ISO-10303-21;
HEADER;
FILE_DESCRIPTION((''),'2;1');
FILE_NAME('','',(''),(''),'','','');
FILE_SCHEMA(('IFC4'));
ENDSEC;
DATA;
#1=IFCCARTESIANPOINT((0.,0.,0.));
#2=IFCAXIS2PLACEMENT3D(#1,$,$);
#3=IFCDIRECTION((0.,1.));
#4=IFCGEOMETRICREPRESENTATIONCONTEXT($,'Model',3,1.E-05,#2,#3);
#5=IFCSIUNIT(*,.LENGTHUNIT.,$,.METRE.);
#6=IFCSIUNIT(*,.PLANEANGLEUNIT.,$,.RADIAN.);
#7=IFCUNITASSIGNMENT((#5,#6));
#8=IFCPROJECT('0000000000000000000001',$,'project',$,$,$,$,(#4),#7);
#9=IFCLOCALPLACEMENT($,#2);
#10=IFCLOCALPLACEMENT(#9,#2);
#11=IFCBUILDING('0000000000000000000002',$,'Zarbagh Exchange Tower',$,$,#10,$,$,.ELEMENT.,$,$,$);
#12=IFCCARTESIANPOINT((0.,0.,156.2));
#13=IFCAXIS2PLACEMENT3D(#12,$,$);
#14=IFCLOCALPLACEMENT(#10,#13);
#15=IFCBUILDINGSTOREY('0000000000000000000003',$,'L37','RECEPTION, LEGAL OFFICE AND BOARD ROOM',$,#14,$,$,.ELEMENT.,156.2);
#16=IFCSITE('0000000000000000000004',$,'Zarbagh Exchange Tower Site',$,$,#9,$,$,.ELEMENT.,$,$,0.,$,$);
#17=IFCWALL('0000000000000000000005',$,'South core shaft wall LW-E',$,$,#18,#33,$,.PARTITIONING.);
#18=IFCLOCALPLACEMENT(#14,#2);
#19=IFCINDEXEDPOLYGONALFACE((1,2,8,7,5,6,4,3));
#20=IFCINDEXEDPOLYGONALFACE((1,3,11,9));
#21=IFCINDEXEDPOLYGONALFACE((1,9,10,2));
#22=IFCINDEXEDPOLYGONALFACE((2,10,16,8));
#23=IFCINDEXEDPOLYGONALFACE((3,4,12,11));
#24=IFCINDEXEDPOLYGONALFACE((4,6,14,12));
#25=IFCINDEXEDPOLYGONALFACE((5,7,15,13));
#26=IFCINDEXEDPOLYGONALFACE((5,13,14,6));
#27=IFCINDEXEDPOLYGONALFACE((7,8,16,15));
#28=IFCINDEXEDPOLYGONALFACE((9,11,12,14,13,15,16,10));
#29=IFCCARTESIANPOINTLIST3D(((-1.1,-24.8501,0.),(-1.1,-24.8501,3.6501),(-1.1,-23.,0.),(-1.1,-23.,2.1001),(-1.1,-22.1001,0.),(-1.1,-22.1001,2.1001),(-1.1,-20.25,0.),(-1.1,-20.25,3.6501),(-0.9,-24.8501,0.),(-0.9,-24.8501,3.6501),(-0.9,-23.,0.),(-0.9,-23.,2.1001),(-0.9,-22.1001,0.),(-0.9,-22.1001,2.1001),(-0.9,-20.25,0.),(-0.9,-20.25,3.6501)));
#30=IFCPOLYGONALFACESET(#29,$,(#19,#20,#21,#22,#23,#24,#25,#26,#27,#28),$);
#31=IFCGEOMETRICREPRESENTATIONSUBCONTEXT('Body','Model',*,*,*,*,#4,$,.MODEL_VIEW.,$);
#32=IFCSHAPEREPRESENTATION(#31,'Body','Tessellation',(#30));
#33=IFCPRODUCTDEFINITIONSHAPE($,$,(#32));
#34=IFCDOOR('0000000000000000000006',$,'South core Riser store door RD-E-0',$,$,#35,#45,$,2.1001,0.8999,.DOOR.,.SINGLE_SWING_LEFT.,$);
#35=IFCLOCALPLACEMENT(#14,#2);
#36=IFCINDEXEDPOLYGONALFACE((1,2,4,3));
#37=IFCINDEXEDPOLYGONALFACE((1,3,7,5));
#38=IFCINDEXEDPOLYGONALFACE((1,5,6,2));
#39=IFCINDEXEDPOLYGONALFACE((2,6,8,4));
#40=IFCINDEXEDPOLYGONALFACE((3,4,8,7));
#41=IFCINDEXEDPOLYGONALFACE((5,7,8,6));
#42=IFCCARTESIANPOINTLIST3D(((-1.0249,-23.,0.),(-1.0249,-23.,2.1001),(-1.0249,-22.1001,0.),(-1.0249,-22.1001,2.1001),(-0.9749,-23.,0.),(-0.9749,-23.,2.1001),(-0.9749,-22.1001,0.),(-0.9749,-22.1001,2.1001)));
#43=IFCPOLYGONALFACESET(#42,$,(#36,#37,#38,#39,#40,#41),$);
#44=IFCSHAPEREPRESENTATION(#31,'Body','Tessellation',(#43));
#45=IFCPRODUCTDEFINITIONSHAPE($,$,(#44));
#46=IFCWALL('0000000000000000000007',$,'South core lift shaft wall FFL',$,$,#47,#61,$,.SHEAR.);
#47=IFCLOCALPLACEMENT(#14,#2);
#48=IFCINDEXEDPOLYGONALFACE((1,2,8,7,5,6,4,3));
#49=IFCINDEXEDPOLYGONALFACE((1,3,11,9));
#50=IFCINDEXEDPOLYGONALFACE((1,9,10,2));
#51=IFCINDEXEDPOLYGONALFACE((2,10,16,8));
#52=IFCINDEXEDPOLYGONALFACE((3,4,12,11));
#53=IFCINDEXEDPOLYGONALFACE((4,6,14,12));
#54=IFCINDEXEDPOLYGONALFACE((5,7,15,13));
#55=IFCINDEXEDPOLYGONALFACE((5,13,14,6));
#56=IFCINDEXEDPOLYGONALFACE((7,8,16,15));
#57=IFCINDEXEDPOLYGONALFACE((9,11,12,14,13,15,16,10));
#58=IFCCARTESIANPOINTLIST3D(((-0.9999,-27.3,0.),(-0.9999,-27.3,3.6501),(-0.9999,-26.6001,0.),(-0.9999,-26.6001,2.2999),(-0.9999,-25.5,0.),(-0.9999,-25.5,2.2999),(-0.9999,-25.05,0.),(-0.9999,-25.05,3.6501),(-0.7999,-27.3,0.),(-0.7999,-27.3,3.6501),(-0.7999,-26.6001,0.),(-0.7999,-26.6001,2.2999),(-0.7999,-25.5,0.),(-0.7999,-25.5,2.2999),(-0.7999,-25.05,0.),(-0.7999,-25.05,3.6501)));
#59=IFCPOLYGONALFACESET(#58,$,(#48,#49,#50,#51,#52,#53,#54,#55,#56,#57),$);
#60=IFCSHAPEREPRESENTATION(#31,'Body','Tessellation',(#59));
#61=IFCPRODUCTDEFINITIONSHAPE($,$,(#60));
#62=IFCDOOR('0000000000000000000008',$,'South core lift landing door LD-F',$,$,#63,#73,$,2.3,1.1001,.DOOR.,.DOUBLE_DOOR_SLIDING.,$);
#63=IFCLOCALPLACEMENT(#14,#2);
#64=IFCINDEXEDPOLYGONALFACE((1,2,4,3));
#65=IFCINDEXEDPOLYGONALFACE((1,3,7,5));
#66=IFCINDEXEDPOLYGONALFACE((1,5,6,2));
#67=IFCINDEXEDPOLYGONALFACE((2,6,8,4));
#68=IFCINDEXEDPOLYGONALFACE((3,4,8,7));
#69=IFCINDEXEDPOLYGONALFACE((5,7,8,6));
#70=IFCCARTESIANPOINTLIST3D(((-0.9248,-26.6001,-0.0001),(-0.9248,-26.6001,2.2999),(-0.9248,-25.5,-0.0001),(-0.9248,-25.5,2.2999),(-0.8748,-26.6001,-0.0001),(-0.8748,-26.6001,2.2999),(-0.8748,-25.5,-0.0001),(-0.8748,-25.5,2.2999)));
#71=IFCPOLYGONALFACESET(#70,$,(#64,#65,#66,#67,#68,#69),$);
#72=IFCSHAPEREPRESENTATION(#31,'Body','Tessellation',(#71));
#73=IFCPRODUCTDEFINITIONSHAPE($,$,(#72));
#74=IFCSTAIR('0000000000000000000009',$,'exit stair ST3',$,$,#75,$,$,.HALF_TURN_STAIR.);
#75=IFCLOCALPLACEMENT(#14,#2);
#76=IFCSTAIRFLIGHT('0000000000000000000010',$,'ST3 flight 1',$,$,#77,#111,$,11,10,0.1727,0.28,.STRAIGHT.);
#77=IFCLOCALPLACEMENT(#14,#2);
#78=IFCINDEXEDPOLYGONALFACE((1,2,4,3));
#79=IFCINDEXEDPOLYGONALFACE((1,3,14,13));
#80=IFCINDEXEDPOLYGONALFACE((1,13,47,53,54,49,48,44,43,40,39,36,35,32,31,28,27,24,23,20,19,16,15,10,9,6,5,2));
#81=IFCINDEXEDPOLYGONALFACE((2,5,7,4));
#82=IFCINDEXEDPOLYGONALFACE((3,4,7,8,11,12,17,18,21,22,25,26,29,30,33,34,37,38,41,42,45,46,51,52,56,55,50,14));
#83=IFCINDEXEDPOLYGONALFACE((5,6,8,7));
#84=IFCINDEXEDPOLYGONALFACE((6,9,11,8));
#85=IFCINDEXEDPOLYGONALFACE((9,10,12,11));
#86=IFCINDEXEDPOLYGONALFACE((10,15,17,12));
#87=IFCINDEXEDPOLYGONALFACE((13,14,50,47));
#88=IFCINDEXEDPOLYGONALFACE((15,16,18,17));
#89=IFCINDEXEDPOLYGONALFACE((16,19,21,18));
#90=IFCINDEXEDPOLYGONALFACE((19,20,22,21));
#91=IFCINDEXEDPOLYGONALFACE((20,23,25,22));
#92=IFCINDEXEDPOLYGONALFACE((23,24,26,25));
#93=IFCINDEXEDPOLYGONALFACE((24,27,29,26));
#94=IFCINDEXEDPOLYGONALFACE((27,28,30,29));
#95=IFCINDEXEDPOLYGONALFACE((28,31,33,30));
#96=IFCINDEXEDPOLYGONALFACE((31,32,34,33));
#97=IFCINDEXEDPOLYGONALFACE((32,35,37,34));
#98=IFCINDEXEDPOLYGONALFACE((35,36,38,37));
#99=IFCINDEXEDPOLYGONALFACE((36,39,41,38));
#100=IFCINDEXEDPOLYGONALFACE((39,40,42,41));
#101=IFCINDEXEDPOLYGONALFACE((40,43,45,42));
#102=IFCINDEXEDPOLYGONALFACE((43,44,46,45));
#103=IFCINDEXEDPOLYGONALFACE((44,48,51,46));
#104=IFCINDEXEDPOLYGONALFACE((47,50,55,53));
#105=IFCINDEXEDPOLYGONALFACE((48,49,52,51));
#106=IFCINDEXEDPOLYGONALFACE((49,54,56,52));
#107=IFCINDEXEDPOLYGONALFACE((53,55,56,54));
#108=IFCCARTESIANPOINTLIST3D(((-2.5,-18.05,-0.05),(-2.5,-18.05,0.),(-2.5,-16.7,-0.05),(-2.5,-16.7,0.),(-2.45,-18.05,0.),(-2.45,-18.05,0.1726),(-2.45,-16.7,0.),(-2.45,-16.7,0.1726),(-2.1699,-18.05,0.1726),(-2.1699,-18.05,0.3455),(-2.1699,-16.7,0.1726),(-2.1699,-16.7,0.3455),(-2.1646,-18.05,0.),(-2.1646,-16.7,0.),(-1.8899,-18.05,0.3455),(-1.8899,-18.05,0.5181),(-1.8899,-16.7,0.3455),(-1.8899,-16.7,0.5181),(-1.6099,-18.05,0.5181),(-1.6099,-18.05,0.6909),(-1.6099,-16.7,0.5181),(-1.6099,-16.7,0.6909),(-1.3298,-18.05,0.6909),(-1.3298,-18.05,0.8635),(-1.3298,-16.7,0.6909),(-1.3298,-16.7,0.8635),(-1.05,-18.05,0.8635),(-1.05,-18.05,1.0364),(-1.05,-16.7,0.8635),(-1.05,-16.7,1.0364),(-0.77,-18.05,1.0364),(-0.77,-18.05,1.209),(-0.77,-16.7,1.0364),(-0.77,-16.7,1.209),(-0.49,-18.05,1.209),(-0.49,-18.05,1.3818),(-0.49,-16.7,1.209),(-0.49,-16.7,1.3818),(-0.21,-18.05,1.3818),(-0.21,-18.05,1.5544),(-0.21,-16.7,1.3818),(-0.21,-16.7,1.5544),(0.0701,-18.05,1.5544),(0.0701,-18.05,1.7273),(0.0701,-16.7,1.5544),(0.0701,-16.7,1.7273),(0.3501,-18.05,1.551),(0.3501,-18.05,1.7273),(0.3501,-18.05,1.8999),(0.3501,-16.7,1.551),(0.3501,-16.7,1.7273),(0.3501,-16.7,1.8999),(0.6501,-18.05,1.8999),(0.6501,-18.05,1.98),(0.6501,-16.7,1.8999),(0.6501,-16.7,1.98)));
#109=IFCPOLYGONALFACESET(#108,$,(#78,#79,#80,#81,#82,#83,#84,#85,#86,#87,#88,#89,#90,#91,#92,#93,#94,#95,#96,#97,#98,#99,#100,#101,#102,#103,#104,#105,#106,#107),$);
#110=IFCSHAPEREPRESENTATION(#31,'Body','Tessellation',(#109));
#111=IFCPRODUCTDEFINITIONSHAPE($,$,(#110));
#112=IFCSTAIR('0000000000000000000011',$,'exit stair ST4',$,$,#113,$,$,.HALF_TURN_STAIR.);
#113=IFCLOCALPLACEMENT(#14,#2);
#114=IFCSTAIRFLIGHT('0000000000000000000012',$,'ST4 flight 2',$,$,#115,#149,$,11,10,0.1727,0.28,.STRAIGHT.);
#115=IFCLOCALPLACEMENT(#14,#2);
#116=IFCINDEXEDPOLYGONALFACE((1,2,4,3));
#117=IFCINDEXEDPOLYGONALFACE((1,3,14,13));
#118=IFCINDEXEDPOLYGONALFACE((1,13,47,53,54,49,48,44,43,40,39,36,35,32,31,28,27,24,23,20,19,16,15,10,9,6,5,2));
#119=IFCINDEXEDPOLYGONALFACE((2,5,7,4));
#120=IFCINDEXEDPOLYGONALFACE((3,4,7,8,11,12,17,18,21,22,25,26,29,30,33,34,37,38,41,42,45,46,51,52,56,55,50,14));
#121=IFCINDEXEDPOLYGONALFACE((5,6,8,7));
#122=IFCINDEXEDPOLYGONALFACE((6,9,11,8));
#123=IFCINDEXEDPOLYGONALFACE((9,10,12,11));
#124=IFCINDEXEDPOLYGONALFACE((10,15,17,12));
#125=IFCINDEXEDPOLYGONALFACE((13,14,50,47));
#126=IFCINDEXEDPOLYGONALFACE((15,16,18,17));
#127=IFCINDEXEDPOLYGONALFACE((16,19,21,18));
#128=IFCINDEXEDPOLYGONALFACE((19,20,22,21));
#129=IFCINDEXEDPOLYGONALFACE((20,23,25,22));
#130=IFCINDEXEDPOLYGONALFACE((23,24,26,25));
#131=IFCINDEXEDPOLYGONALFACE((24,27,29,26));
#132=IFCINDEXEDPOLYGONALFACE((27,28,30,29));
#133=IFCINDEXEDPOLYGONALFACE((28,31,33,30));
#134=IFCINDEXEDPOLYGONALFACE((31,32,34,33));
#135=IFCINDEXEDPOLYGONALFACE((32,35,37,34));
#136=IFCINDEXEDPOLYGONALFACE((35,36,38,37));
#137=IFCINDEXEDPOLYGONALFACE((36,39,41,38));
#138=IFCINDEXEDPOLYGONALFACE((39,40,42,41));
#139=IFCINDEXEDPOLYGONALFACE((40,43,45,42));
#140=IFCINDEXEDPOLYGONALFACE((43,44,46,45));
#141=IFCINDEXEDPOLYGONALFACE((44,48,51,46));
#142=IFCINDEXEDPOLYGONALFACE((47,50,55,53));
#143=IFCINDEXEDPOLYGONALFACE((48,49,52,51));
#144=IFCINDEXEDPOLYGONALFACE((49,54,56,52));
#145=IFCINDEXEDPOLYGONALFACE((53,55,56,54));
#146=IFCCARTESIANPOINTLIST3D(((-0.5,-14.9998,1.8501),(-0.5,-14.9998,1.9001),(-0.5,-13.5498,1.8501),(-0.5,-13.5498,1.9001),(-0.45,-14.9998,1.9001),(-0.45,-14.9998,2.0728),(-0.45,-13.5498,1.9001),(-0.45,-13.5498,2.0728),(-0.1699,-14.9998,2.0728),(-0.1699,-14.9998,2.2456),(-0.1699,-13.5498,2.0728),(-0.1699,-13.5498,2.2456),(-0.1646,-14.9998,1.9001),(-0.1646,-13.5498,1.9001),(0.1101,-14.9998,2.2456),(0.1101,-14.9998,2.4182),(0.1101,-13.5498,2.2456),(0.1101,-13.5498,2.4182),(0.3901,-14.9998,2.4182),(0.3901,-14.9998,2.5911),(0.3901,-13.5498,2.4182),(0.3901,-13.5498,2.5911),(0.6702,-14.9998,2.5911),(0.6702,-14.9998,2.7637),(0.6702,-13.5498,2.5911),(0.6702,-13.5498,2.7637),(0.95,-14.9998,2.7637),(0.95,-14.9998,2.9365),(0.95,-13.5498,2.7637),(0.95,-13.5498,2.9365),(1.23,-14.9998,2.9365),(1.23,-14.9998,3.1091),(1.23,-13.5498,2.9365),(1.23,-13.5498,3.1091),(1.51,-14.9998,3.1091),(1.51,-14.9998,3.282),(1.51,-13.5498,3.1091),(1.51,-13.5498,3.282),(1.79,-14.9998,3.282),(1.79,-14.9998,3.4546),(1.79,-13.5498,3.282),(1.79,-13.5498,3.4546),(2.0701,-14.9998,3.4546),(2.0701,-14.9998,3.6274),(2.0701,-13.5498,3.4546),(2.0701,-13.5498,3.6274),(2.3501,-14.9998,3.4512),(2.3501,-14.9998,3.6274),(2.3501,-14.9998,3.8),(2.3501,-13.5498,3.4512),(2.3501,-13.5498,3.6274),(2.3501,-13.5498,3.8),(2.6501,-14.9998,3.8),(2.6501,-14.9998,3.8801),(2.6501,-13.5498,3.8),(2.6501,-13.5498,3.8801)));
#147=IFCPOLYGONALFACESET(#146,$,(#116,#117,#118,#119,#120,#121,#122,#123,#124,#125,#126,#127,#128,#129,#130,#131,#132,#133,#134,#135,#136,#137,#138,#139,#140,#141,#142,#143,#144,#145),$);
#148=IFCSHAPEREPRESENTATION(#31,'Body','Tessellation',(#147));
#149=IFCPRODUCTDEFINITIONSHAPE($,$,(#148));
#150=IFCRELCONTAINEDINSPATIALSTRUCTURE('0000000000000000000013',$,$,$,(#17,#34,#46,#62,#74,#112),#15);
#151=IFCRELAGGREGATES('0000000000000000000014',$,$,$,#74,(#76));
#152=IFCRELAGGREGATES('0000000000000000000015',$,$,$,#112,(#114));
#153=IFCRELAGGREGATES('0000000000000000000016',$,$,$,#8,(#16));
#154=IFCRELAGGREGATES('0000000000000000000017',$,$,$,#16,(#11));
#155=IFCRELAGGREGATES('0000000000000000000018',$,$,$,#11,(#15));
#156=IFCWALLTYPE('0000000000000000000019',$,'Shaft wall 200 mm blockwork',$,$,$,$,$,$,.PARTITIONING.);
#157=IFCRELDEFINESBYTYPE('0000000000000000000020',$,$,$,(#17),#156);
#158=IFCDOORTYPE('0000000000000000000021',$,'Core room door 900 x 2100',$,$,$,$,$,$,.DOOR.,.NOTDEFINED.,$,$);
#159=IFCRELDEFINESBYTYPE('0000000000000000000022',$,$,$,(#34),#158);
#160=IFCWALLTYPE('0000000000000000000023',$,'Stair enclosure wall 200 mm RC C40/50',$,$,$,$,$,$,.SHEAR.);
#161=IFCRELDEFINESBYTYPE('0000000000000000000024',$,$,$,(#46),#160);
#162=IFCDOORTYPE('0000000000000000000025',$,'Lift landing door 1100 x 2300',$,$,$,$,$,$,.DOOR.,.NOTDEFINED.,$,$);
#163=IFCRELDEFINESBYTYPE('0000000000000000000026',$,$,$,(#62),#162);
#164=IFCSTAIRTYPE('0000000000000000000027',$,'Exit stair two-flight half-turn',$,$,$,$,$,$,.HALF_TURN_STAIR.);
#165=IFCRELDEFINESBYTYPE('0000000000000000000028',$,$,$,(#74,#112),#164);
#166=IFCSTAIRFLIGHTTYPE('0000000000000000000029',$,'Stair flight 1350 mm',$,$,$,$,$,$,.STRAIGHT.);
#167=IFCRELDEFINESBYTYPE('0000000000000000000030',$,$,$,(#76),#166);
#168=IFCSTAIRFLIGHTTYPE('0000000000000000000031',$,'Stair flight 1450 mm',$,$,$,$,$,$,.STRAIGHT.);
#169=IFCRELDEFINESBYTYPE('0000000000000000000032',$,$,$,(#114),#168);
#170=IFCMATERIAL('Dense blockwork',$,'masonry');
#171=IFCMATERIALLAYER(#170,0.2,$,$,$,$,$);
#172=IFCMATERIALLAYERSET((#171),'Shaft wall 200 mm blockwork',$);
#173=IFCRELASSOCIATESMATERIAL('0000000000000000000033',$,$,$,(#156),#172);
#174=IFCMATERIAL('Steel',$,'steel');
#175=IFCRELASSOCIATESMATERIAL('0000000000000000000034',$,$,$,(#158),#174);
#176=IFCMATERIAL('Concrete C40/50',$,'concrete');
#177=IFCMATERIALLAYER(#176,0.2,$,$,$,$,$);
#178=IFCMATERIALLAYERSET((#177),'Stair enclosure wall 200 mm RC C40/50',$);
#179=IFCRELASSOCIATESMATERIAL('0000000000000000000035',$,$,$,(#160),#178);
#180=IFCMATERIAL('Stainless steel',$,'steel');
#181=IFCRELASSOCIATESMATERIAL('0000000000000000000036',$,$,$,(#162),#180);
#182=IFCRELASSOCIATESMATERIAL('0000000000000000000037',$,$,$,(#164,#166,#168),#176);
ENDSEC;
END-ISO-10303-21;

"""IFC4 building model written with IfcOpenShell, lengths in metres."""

from ifc_helpers import new_model, si_unit, direction, frame, frame_2d, origin, place, context, subcontext, project, spatial, polyline, rectangle, outline, extrude, material, layer, layer_set, type_object, element, fill, aggregate, save


model = new_model("IFC4")

# Units and contexts
model_context = context("Model", 3, precision=1e-05, world=origin(), true_north=direction((0.0, 1.0)))
body_context = subcontext(model_context, "Body", "Model", "MODEL_VIEW")
ifc_project = project(units=[si_unit("LENGTHUNIT", "METRE"), si_unit("PLANEANGLEUNIT", "RADIAN")], contexts=[model_context])

# Site, building, storey
site_placement = place(None, origin())
site = spatial("IfcSite", under=ifc_project, at=site_placement, Name="Zarbagh Exchange Tower Site", CompositionType="ELEMENT", RefElevation=0.0)
building_placement = place(site_placement, origin())
building = spatial("IfcBuilding", under=site, at=building_placement, Name="Zarbagh Exchange Tower", CompositionType="ELEMENT")
storey_placement = place(building_placement, frame((0.0, 0.0, 156.2)))
storey = spatial("IfcBuildingStorey", under=building, at=storey_placement, Name="L37", Description="RECEPTION, LEGAL OFFICE AND BOARD ROOM", CompositionType="ELEMENT", Elevation=156.2)

# Shared definitions
ifc_material_1 = material(Name="Concrete C40/50", Category="concrete")

# Shared definitions
ifc_material_2 = material(Name="Dense blockwork", Category="masonry")
ifc_layer_1 = layer(ifc_material_2, 0.2)
ifc_layer_set_1 = layer_set([ifc_layer_1], Name="Shaft wall 200 mm blockwork")
wall_type_1 = type_object("IfcWallType", Name="Shaft wall 200 mm blockwork", PredefinedType="PARTITIONING", material=ifc_layer_set_1)

# Walls, openings, doors
wall_1_placement = place(storey_placement, frame((-1.0, -24.8501, 0.0), z_axis=(0.0, 0.0, 1.0), x_axis=(0.0, 1.0, 0.0)))
wall_1 = element("IfcWall", 1, at=wall_1_placement, inside=storey, type_object=wall_type_1, Name="South core shaft wall LW-E", PredefinedType="PARTITIONING", context=body_context, shape_type="SweptSolid", body=[
    extrude(rectangle(XDim=4.6001, YDim=0.2, at=frame_2d((2.3, 0.0))), origin(), (0.0, 0.0, 1.0), 3.6501),
])
opening_1_placement = place(wall_1_placement, frame((1.8501, 0.0, 0.0)))
opening_1 = element("IfcOpeningElement", 2, at=opening_1_placement, cuts=wall_1, PredefinedType="OPENING", context=body_context, shape_type="SweptSolid", body=[
    extrude(rectangle(XDim=0.8999, YDim=2.1001, at=frame_2d((0.45, 1.05))), frame((0.0, 0.1099, 0.0), z_axis=(0.0, -1.0, 0.0), x_axis=(1.0, 0.0, 0.0)), (0.0, 0.0, 1.0), 0.22),
])
ifc_material_3 = material(Name="Steel", Category="steel")
door_type_1 = type_object("IfcDoorType", Name="Core room door 900 x 2100", OperationType="NOTDEFINED", PredefinedType="DOOR", material=ifc_material_3)
door_1_placement = place(opening_1_placement, origin())
door_1 = element("IfcDoor", 3, at=door_1_placement, inside=storey, type_object=door_type_1, Name="South core Riser store door RD-E-0", OperationType="SINGLE_SWING_LEFT", OverallHeight=2.1001, OverallWidth=0.8999, PredefinedType="DOOR", context=body_context, shape_type="SweptSolid", body=[
    extrude(rectangle(XDim=0.8999, YDim=2.1001, at=frame_2d((0.45, 1.05))), frame((0.0, 0.0249, 0.0), z_axis=(0.0, -1.0, 0.0), x_axis=(1.0, 0.0, 0.0)), (0.0, 0.0, 1.0), 0.05),
])
fill(opening_1, door_1)
ifc_layer_2 = layer(ifc_material_1, 0.2)
ifc_layer_set_2 = layer_set([ifc_layer_2], Name="Stair enclosure wall 200 mm RC C40/50")
wall_type_2 = type_object("IfcWallType", Name="Stair enclosure wall 200 mm RC C40/50", PredefinedType="SHEAR", material=ifc_layer_set_2)
wall_2_placement = place(storey_placement, frame((-0.8999, -27.3, 0.0), z_axis=(0.0, 0.0, 1.0), x_axis=(0.0, 1.0, 0.0)))
wall_2 = element("IfcWall", 4, at=wall_2_placement, inside=storey, type_object=wall_type_2, Name="South core lift shaft wall FFL", PredefinedType="SHEAR", context=body_context, shape_type="SweptSolid", body=[
    extrude(rectangle(XDim=2.25, YDim=0.2, at=frame_2d((1.125, 0.0))), origin(), (0.0, 0.0, 1.0), 3.6501),
])
opening_2_placement = place(wall_2_placement, frame((0.7, 0.0, 0.0)))
opening_2 = element("IfcOpeningElement", 5, at=opening_2_placement, cuts=wall_2, PredefinedType="OPENING", context=body_context, shape_type="SweptSolid", body=[
    extrude(rectangle(XDim=1.1001, YDim=2.3, at=frame_2d((0.55, 1.1499))), frame((0.0, 0.1099, 0.0), z_axis=(0.0, -1.0, 0.0), x_axis=(1.0, 0.0, 0.0)), (0.0, 0.0, 1.0), 0.22),
])
ifc_material_4 = material(Name="Stainless steel", Category="steel")
door_type_2 = type_object("IfcDoorType", Name="Lift landing door 1100 x 2300", OperationType="NOTDEFINED", PredefinedType="DOOR", material=ifc_material_4)
door_2_placement = place(opening_2_placement, origin())
door_2 = element("IfcDoor", 6, at=door_2_placement, inside=storey, type_object=door_type_2, Name="South core lift landing door LD-F", OperationType="DOUBLE_DOOR_SLIDING", OverallHeight=2.3, OverallWidth=1.1001, PredefinedType="DOOR", context=body_context, shape_type="SweptSolid", body=[
    extrude(rectangle(XDim=1.1001, YDim=2.3, at=frame_2d((0.55, 1.1499))), frame((0.0, 0.0249, 0.0), z_axis=(0.0, -1.0, 0.0), x_axis=(1.0, 0.0, 0.0)), (0.0, 0.0, 1.0), 0.05),
])
fill(opening_2, door_2)

# Stairs, stair flights
stair_type = type_object("IfcStairType", Name="Exit stair two-flight half-turn", PredefinedType="HALF_TURN_STAIR", material=ifc_material_1)
stair_1_placement = place(storey_placement, origin())
stair_1 = element("IfcStair", 7, at=stair_1_placement, inside=storey, type_object=stair_type, Name="exit stair ST3", PredefinedType="HALF_TURN_STAIR")
stair_flight_type_1 = type_object("IfcStairFlightType", Name="Stair flight 1350 mm", PredefinedType="STRAIGHT", material=ifc_material_1)
stair_flight_1_placement = place(storey_placement, frame((-2.45, -17.375, 0.0), z_axis=(0.0, 0.0, 1.0), x_axis=(1.0, 0.0, 0.0)))
stair_flight_1 = element("IfcStairFlight", 8, at=stair_flight_1_placement, type_object=stair_flight_type_1, Name="ST3 flight 1", NumberOfRisers=11, NumberOfTreads=10, PredefinedType="STRAIGHT", RiserHeight=0.1727, TreadLength=0.28, context=body_context, shape_type="SweptSolid", body=[
    extrude(outline(polyline([(-0.05, -0.05), (-0.05, 0.0), (0.0, 0.0), (0.0, 0.1726), (0.28, 0.1726), (0.28, 0.3455), (0.5601, 0.3455), (0.5601, 0.5181), (0.8401, 0.5181), (0.8401, 0.6909), (1.1201, 0.6909), (1.1201, 0.8635), (1.3999, 0.8635), (1.3999, 1.0364), (1.6799, 1.0364), (1.6799, 1.209), (1.96, 1.209), (1.96, 1.3818), (2.24, 1.3818), (2.24, 1.5544), (2.52, 1.5544), (2.52, 1.7273), (2.8, 1.7273), (2.8, 1.8999), (3.1001, 1.98), (3.1001, 1.8999), (2.8, 1.551), (0.2854, 0.0), (-0.05, -0.05)])), frame((0.0, 0.675, 0.0), z_axis=(0.0, -1.0, 0.0), x_axis=(1.0, 0.0, 0.0)), (0.0, 0.0, 1.0), 1.3501),
])
aggregate(stair_1, [stair_flight_1])
stair_2_placement = place(storey_placement, origin())
stair_2 = element("IfcStair", 9, at=stair_2_placement, inside=storey, type_object=stair_type, Name="exit stair ST4", PredefinedType="HALF_TURN_STAIR")
stair_flight_type_2 = type_object("IfcStairFlightType", Name="Stair flight 1450 mm", PredefinedType="STRAIGHT", material=ifc_material_1)
stair_flight_2_placement = place(storey_placement, frame((-0.45, -14.2749, 1.9001), z_axis=(0.0, 0.0, 1.0), x_axis=(1.0, 0.0, 0.0)))
stair_flight_2 = element("IfcStairFlight", 10, at=stair_flight_2_placement, type_object=stair_flight_type_2, Name="ST4 flight 2", NumberOfRisers=11, NumberOfTreads=10, PredefinedType="STRAIGHT", RiserHeight=0.1727, TreadLength=0.28, context=body_context, shape_type="SweptSolid", body=[
    extrude(outline(polyline([(-0.05, -0.05), (-0.05, 0.0), (0.0, 0.0), (0.0, 0.1726), (0.28, 0.1726), (0.28, 0.3455), (0.5601, 0.3455), (0.5601, 0.5181), (0.8401, 0.5181), (0.8401, 0.6909), (1.1201, 0.6909), (1.1201, 0.8635), (1.3999, 0.8635), (1.3999, 1.0364), (1.6799, 1.0364), (1.6799, 1.209), (1.96, 1.209), (1.96, 1.3818), (2.24, 1.3818), (2.24, 1.5544), (2.52, 1.5544), (2.52, 1.7273), (2.8, 1.7273), (2.8, 1.8999), (3.1001, 1.98), (3.1001, 1.8999), (2.8, 1.551), (0.2854, 0.0), (-0.05, -0.05)])), frame((0.0, 0.7251, 0.0), z_axis=(0.0, -1.0, 0.0), x_axis=(1.0, 0.0, 0.0)), (0.0, 0.0, 1.0), 1.45),
])
aggregate(stair_2, [stair_flight_2])

save(model, "model.ifc")
